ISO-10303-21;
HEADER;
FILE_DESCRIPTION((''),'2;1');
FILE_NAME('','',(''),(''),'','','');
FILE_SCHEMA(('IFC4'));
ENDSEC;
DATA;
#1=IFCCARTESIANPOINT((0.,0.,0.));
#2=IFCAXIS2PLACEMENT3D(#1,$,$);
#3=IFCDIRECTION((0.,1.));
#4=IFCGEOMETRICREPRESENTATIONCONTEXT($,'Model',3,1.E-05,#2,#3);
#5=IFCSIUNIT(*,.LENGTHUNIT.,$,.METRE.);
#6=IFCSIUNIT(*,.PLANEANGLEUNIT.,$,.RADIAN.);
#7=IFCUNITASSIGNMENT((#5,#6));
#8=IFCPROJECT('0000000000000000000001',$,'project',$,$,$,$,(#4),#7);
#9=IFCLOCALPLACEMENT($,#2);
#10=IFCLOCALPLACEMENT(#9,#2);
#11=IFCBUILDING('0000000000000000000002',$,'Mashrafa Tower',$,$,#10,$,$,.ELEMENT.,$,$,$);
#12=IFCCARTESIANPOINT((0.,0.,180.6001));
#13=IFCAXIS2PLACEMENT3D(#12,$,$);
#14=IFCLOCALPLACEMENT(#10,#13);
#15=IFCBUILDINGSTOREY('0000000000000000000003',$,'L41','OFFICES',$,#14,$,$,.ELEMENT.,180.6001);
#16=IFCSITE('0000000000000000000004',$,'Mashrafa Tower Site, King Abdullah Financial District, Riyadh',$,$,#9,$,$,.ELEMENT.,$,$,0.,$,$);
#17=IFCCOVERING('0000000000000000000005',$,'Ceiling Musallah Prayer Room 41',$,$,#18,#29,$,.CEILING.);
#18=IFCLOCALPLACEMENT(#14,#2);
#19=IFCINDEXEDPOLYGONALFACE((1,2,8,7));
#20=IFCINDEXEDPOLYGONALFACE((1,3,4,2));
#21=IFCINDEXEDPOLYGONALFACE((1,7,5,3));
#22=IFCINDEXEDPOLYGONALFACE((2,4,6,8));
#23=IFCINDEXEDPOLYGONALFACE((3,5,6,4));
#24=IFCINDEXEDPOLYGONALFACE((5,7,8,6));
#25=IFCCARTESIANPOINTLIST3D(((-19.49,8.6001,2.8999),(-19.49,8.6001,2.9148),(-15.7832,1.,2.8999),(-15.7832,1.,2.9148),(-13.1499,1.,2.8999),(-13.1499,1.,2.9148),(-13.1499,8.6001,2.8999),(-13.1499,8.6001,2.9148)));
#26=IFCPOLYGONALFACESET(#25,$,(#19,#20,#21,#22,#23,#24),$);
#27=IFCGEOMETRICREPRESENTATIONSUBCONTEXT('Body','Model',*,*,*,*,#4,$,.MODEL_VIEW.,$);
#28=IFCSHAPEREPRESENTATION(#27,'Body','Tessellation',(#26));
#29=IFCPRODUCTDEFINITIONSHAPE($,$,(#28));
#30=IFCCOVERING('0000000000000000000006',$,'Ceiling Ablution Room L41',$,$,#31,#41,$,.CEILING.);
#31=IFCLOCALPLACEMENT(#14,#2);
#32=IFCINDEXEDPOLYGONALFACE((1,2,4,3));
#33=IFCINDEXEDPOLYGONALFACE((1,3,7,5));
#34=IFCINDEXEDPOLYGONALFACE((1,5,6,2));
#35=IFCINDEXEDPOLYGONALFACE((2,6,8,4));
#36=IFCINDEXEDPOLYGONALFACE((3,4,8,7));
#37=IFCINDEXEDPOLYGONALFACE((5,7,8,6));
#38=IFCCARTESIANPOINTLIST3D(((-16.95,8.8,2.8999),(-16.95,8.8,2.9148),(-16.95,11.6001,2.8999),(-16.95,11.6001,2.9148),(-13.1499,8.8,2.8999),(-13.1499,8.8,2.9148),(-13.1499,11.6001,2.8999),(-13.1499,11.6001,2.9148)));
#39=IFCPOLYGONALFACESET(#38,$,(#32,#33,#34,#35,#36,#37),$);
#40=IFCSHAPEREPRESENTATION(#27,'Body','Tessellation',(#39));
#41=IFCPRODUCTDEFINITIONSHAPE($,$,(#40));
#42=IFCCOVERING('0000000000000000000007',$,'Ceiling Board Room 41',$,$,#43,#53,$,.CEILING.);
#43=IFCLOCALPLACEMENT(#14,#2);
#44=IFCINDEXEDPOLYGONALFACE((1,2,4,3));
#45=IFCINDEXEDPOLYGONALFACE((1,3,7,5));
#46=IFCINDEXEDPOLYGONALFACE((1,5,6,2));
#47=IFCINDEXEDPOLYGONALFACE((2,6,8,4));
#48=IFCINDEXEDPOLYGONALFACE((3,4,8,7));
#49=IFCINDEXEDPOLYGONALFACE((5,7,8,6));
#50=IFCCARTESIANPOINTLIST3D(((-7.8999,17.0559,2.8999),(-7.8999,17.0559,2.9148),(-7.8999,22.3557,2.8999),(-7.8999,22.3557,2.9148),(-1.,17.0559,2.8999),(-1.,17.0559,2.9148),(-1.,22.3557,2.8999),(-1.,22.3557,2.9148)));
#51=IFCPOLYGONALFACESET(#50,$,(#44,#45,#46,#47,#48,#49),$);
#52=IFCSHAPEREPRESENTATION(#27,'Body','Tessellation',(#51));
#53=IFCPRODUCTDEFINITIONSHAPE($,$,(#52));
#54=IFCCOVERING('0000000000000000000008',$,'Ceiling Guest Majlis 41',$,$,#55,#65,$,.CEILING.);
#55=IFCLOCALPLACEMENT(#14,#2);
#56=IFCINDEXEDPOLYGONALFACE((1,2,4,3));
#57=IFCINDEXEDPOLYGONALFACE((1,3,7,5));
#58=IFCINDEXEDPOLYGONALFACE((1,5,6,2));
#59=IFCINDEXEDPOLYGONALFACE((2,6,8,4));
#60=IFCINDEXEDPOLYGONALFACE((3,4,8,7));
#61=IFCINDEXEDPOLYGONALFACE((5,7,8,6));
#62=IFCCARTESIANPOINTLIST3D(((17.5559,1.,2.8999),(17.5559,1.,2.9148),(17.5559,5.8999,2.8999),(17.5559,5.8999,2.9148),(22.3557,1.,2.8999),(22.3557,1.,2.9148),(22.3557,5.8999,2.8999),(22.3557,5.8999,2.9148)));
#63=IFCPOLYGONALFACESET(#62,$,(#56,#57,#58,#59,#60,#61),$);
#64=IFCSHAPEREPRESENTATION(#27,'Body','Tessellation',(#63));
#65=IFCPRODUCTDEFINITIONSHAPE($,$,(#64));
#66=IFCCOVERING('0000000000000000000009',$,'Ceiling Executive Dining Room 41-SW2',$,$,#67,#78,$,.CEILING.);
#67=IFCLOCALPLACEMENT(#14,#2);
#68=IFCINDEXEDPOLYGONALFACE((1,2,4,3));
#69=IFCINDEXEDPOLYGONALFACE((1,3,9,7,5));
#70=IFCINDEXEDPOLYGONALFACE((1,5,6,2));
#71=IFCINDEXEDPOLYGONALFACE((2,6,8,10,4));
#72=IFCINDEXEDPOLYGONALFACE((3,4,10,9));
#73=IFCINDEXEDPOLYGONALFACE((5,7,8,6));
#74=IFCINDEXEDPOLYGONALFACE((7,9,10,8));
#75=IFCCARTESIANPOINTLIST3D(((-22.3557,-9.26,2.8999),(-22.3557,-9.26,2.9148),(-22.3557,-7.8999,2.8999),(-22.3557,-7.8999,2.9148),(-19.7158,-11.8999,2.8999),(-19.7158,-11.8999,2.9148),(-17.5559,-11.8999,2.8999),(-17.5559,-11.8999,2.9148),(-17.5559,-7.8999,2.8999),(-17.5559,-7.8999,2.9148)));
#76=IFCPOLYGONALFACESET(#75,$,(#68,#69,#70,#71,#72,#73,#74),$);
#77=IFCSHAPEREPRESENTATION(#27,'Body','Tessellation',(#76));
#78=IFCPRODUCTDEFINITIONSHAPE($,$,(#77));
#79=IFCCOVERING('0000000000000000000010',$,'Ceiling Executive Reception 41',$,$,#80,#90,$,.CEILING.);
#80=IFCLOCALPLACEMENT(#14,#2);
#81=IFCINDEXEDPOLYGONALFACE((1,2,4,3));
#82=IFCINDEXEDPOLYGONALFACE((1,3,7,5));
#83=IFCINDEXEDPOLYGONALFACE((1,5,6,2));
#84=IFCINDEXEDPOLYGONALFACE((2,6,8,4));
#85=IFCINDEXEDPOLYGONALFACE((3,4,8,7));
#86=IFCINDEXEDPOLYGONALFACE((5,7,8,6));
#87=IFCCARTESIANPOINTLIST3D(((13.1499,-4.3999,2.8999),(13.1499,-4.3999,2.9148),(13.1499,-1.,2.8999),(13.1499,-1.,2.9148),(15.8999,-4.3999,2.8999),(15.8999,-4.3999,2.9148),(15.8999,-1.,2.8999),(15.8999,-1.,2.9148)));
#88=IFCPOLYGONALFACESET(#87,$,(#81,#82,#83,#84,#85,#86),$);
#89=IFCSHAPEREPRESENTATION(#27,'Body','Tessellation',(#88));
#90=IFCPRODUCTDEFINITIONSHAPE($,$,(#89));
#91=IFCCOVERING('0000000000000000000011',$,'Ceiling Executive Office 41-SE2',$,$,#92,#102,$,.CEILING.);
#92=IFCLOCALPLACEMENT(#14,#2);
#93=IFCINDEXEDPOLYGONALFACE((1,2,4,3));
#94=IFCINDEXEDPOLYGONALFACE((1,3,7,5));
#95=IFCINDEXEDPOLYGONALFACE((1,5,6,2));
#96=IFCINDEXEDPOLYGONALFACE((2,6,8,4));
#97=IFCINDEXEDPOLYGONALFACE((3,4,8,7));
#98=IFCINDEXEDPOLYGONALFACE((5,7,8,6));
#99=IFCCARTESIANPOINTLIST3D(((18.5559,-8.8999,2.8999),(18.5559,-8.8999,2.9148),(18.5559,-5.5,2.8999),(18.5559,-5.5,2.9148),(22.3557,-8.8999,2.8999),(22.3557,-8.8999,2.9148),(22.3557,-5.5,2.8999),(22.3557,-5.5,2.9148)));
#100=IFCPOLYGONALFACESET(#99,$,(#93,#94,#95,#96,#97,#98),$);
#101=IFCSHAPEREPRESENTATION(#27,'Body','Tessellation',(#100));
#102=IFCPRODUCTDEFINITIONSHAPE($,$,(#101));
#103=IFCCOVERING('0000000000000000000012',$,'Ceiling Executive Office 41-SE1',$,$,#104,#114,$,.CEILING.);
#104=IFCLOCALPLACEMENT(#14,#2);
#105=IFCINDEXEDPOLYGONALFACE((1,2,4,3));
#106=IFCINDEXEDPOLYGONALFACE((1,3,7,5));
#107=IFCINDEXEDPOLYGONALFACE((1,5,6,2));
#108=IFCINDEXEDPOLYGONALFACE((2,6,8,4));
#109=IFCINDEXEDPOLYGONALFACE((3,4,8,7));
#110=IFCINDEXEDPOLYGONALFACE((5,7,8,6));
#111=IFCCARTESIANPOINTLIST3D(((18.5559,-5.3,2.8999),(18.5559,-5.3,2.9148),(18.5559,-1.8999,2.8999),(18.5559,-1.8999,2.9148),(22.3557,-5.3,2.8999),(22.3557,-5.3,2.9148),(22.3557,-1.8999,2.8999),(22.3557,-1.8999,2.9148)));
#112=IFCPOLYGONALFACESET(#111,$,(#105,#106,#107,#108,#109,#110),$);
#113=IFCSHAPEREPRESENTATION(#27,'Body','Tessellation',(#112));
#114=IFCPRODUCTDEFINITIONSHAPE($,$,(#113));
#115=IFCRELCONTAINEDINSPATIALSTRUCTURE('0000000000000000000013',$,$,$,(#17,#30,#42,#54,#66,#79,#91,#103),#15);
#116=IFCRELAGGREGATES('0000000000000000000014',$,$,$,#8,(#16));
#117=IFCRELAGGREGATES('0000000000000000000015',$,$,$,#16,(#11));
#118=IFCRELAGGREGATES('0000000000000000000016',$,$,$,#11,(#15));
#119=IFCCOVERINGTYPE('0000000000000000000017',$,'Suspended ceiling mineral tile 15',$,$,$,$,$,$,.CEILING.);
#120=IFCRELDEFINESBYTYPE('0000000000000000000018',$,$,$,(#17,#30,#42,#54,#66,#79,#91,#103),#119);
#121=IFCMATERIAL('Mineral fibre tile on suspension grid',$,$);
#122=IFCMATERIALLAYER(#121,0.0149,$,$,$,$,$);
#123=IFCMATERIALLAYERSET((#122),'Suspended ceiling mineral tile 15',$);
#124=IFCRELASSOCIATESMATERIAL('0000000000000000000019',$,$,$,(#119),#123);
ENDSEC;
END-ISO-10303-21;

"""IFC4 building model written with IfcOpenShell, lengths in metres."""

from ifc_helpers import new_model, si_unit, direction, frame, origin, place, context, subcontext, project, spatial, polyline, outline, extrude, material, layer, layer_set, type_object, element, save


model = new_model("IFC4")

# Units and contexts
model_context = context("Model", 3, precision=1e-05, world=origin(), true_north=direction((0.0, 1.0)))
body_context = subcontext(model_context, "Body", "Model", "MODEL_VIEW")
ifc_project = project(units=[si_unit("LENGTHUNIT", "METRE"), si_unit("PLANEANGLEUNIT", "RADIAN")], contexts=[model_context])

# Site, building, storey
site_placement = place(None, origin())
site = spatial("IfcSite", under=ifc_project, at=site_placement, Name="Mashrafa Tower Site, King Abdullah Financial District, Riyadh", CompositionType="ELEMENT", RefElevation=0.0)
building_placement = place(site_placement, origin())
building = spatial("IfcBuilding", under=site, at=building_placement, Name="Mashrafa Tower", CompositionType="ELEMENT")
storey_placement = place(building_placement, frame((0.0, 0.0, 180.6001)))
storey = spatial("IfcBuildingStorey", under=building, at=storey_placement, Name="L41", Description="OFFICES", CompositionType="ELEMENT", Elevation=180.6001)

# Coverings
ifc_material_1 = material(Name="Mineral fibre tile on suspension grid")
ifc_layer_1 = layer(ifc_material_1, 0.0149)
ifc_layer_set_1 = layer_set([ifc_layer_1], Name="Suspended ceiling mineral tile 15")
covering_type = type_object("IfcCoveringType", Name="Suspended ceiling mineral tile 15", PredefinedType="CEILING", material=ifc_layer_set_1)
covering_1_placement = place(storey_placement, frame((0.0, 0.0, 2.8999)))
element("IfcCovering", 1, at=covering_1_placement, inside=storey, type_object=covering_type, Name="Ceiling Musallah Prayer Room 41", PredefinedType="CEILING", context=body_context, shape_type="SweptSolid", body=[
    extrude(outline(polyline([(-15.7832, 1.0), (-19.49, 8.6001), (-13.1499, 8.6001), (-13.1499, 1.0), (-15.7832, 1.0)])), origin(), (0.0, 0.0, 1.0), 0.0149),
])
covering_2_placement = place(storey_placement, frame((0.0, 0.0, 2.8999)))
element("IfcCovering", 2, at=covering_2_placement, inside=storey, type_object=covering_type, Name="Ceiling Ablution Room L41", PredefinedType="CEILING", context=body_context, shape_type="SweptSolid", body=[
    extrude(outline(polyline([(-16.95, 8.8), (-16.95, 11.6001), (-13.1499, 11.6001), (-13.1499, 8.8), (-16.95, 8.8)])), origin(), (0.0, 0.0, 1.0), 0.0149),
])
covering_3_placement = place(storey_placement, frame((0.0, 0.0, 2.8999)))
element("IfcCovering", 3, at=covering_3_placement, inside=storey, type_object=covering_type, Name="Ceiling Board Room 41", PredefinedType="CEILING", context=body_context, shape_type="SweptSolid", body=[
    extrude(outline(polyline([(-7.8999, 22.3557), (-1.0, 22.3557), (-1.0, 17.0559), (-7.8999, 17.0559), (-7.8999, 22.3557)])), origin(), (0.0, 0.0, 1.0), 0.0149),
])
covering_4_placement = place(storey_placement, frame((0.0, 0.0, 2.8999)))
element("IfcCovering", 4, at=covering_4_placement, inside=storey, type_object=covering_type, Name="Ceiling Guest Majlis 41", PredefinedType="CEILING", context=body_context, shape_type="SweptSolid", body=[
    extrude(outline(polyline([(17.5559, 5.8999), (22.3557, 5.8999), (22.3557, 1.0), (17.5559, 1.0), (17.5559, 5.8999)])), origin(), (0.0, 0.0, 1.0), 0.0149),
])
covering_5_placement = place(storey_placement, frame((0.0, 0.0, 2.8999)))
element("IfcCovering", 5, at=covering_5_placement, inside=storey, type_object=covering_type, Name="Ceiling Executive Dining Room 41-SW2", PredefinedType="CEILING", context=body_context, shape_type="SweptSolid", body=[
    extrude(outline(polyline([(-17.5559, -7.8999), (-17.5559, -11.8999), (-19.7158, -11.8999), (-22.3557, -9.26), (-22.3557, -7.8999), (-17.5559, -7.8999)])), origin(), (0.0, 0.0, 1.0), 0.0149),
])
covering_6_placement = place(storey_placement, frame((0.0, 0.0, 2.8999)))
element("IfcCovering", 6, at=covering_6_placement, inside=storey, type_object=covering_type, Name="Ceiling Executive Reception 41", PredefinedType="CEILING", context=body_context, shape_type="SweptSolid", body=[
    extrude(outline(polyline([(13.1499, -1.0), (15.8999, -1.0), (15.8999, -4.3999), (13.1499, -4.3999), (13.1499, -1.0)])), origin(), (0.0, 0.0, 1.0), 0.0149),
])
covering_7_placement = place(storey_placement, frame((0.0, 0.0, 2.8999)))
element("IfcCovering", 7, at=covering_7_placement, inside=storey, type_object=covering_type, Name="Ceiling Executive Office 41-SE2", PredefinedType="CEILING", context=body_context, shape_type="SweptSolid", body=[
    extrude(outline(polyline([(18.5559, -5.5), (22.3557, -5.5), (22.3557, -8.8999), (18.5559, -8.8999), (18.5559, -5.5)])), origin(), (0.0, 0.0, 1.0), 0.0149),
])
covering_8_placement = place(storey_placement, frame((0.0, 0.0, 2.8999)))
element("IfcCovering", 8, at=covering_8_placement, inside=storey, type_object=covering_type, Name="Ceiling Executive Office 41-SE1", PredefinedType="CEILING", context=body_context, shape_type="SweptSolid", body=[
    extrude(outline(polyline([(18.5559, -1.8999), (22.3557, -1.8999), (22.3557, -5.3), (18.5559, -5.3), (18.5559, -1.8999)])), origin(), (0.0, 0.0, 1.0), 0.0149),
])

save(model, "model.ifc")
